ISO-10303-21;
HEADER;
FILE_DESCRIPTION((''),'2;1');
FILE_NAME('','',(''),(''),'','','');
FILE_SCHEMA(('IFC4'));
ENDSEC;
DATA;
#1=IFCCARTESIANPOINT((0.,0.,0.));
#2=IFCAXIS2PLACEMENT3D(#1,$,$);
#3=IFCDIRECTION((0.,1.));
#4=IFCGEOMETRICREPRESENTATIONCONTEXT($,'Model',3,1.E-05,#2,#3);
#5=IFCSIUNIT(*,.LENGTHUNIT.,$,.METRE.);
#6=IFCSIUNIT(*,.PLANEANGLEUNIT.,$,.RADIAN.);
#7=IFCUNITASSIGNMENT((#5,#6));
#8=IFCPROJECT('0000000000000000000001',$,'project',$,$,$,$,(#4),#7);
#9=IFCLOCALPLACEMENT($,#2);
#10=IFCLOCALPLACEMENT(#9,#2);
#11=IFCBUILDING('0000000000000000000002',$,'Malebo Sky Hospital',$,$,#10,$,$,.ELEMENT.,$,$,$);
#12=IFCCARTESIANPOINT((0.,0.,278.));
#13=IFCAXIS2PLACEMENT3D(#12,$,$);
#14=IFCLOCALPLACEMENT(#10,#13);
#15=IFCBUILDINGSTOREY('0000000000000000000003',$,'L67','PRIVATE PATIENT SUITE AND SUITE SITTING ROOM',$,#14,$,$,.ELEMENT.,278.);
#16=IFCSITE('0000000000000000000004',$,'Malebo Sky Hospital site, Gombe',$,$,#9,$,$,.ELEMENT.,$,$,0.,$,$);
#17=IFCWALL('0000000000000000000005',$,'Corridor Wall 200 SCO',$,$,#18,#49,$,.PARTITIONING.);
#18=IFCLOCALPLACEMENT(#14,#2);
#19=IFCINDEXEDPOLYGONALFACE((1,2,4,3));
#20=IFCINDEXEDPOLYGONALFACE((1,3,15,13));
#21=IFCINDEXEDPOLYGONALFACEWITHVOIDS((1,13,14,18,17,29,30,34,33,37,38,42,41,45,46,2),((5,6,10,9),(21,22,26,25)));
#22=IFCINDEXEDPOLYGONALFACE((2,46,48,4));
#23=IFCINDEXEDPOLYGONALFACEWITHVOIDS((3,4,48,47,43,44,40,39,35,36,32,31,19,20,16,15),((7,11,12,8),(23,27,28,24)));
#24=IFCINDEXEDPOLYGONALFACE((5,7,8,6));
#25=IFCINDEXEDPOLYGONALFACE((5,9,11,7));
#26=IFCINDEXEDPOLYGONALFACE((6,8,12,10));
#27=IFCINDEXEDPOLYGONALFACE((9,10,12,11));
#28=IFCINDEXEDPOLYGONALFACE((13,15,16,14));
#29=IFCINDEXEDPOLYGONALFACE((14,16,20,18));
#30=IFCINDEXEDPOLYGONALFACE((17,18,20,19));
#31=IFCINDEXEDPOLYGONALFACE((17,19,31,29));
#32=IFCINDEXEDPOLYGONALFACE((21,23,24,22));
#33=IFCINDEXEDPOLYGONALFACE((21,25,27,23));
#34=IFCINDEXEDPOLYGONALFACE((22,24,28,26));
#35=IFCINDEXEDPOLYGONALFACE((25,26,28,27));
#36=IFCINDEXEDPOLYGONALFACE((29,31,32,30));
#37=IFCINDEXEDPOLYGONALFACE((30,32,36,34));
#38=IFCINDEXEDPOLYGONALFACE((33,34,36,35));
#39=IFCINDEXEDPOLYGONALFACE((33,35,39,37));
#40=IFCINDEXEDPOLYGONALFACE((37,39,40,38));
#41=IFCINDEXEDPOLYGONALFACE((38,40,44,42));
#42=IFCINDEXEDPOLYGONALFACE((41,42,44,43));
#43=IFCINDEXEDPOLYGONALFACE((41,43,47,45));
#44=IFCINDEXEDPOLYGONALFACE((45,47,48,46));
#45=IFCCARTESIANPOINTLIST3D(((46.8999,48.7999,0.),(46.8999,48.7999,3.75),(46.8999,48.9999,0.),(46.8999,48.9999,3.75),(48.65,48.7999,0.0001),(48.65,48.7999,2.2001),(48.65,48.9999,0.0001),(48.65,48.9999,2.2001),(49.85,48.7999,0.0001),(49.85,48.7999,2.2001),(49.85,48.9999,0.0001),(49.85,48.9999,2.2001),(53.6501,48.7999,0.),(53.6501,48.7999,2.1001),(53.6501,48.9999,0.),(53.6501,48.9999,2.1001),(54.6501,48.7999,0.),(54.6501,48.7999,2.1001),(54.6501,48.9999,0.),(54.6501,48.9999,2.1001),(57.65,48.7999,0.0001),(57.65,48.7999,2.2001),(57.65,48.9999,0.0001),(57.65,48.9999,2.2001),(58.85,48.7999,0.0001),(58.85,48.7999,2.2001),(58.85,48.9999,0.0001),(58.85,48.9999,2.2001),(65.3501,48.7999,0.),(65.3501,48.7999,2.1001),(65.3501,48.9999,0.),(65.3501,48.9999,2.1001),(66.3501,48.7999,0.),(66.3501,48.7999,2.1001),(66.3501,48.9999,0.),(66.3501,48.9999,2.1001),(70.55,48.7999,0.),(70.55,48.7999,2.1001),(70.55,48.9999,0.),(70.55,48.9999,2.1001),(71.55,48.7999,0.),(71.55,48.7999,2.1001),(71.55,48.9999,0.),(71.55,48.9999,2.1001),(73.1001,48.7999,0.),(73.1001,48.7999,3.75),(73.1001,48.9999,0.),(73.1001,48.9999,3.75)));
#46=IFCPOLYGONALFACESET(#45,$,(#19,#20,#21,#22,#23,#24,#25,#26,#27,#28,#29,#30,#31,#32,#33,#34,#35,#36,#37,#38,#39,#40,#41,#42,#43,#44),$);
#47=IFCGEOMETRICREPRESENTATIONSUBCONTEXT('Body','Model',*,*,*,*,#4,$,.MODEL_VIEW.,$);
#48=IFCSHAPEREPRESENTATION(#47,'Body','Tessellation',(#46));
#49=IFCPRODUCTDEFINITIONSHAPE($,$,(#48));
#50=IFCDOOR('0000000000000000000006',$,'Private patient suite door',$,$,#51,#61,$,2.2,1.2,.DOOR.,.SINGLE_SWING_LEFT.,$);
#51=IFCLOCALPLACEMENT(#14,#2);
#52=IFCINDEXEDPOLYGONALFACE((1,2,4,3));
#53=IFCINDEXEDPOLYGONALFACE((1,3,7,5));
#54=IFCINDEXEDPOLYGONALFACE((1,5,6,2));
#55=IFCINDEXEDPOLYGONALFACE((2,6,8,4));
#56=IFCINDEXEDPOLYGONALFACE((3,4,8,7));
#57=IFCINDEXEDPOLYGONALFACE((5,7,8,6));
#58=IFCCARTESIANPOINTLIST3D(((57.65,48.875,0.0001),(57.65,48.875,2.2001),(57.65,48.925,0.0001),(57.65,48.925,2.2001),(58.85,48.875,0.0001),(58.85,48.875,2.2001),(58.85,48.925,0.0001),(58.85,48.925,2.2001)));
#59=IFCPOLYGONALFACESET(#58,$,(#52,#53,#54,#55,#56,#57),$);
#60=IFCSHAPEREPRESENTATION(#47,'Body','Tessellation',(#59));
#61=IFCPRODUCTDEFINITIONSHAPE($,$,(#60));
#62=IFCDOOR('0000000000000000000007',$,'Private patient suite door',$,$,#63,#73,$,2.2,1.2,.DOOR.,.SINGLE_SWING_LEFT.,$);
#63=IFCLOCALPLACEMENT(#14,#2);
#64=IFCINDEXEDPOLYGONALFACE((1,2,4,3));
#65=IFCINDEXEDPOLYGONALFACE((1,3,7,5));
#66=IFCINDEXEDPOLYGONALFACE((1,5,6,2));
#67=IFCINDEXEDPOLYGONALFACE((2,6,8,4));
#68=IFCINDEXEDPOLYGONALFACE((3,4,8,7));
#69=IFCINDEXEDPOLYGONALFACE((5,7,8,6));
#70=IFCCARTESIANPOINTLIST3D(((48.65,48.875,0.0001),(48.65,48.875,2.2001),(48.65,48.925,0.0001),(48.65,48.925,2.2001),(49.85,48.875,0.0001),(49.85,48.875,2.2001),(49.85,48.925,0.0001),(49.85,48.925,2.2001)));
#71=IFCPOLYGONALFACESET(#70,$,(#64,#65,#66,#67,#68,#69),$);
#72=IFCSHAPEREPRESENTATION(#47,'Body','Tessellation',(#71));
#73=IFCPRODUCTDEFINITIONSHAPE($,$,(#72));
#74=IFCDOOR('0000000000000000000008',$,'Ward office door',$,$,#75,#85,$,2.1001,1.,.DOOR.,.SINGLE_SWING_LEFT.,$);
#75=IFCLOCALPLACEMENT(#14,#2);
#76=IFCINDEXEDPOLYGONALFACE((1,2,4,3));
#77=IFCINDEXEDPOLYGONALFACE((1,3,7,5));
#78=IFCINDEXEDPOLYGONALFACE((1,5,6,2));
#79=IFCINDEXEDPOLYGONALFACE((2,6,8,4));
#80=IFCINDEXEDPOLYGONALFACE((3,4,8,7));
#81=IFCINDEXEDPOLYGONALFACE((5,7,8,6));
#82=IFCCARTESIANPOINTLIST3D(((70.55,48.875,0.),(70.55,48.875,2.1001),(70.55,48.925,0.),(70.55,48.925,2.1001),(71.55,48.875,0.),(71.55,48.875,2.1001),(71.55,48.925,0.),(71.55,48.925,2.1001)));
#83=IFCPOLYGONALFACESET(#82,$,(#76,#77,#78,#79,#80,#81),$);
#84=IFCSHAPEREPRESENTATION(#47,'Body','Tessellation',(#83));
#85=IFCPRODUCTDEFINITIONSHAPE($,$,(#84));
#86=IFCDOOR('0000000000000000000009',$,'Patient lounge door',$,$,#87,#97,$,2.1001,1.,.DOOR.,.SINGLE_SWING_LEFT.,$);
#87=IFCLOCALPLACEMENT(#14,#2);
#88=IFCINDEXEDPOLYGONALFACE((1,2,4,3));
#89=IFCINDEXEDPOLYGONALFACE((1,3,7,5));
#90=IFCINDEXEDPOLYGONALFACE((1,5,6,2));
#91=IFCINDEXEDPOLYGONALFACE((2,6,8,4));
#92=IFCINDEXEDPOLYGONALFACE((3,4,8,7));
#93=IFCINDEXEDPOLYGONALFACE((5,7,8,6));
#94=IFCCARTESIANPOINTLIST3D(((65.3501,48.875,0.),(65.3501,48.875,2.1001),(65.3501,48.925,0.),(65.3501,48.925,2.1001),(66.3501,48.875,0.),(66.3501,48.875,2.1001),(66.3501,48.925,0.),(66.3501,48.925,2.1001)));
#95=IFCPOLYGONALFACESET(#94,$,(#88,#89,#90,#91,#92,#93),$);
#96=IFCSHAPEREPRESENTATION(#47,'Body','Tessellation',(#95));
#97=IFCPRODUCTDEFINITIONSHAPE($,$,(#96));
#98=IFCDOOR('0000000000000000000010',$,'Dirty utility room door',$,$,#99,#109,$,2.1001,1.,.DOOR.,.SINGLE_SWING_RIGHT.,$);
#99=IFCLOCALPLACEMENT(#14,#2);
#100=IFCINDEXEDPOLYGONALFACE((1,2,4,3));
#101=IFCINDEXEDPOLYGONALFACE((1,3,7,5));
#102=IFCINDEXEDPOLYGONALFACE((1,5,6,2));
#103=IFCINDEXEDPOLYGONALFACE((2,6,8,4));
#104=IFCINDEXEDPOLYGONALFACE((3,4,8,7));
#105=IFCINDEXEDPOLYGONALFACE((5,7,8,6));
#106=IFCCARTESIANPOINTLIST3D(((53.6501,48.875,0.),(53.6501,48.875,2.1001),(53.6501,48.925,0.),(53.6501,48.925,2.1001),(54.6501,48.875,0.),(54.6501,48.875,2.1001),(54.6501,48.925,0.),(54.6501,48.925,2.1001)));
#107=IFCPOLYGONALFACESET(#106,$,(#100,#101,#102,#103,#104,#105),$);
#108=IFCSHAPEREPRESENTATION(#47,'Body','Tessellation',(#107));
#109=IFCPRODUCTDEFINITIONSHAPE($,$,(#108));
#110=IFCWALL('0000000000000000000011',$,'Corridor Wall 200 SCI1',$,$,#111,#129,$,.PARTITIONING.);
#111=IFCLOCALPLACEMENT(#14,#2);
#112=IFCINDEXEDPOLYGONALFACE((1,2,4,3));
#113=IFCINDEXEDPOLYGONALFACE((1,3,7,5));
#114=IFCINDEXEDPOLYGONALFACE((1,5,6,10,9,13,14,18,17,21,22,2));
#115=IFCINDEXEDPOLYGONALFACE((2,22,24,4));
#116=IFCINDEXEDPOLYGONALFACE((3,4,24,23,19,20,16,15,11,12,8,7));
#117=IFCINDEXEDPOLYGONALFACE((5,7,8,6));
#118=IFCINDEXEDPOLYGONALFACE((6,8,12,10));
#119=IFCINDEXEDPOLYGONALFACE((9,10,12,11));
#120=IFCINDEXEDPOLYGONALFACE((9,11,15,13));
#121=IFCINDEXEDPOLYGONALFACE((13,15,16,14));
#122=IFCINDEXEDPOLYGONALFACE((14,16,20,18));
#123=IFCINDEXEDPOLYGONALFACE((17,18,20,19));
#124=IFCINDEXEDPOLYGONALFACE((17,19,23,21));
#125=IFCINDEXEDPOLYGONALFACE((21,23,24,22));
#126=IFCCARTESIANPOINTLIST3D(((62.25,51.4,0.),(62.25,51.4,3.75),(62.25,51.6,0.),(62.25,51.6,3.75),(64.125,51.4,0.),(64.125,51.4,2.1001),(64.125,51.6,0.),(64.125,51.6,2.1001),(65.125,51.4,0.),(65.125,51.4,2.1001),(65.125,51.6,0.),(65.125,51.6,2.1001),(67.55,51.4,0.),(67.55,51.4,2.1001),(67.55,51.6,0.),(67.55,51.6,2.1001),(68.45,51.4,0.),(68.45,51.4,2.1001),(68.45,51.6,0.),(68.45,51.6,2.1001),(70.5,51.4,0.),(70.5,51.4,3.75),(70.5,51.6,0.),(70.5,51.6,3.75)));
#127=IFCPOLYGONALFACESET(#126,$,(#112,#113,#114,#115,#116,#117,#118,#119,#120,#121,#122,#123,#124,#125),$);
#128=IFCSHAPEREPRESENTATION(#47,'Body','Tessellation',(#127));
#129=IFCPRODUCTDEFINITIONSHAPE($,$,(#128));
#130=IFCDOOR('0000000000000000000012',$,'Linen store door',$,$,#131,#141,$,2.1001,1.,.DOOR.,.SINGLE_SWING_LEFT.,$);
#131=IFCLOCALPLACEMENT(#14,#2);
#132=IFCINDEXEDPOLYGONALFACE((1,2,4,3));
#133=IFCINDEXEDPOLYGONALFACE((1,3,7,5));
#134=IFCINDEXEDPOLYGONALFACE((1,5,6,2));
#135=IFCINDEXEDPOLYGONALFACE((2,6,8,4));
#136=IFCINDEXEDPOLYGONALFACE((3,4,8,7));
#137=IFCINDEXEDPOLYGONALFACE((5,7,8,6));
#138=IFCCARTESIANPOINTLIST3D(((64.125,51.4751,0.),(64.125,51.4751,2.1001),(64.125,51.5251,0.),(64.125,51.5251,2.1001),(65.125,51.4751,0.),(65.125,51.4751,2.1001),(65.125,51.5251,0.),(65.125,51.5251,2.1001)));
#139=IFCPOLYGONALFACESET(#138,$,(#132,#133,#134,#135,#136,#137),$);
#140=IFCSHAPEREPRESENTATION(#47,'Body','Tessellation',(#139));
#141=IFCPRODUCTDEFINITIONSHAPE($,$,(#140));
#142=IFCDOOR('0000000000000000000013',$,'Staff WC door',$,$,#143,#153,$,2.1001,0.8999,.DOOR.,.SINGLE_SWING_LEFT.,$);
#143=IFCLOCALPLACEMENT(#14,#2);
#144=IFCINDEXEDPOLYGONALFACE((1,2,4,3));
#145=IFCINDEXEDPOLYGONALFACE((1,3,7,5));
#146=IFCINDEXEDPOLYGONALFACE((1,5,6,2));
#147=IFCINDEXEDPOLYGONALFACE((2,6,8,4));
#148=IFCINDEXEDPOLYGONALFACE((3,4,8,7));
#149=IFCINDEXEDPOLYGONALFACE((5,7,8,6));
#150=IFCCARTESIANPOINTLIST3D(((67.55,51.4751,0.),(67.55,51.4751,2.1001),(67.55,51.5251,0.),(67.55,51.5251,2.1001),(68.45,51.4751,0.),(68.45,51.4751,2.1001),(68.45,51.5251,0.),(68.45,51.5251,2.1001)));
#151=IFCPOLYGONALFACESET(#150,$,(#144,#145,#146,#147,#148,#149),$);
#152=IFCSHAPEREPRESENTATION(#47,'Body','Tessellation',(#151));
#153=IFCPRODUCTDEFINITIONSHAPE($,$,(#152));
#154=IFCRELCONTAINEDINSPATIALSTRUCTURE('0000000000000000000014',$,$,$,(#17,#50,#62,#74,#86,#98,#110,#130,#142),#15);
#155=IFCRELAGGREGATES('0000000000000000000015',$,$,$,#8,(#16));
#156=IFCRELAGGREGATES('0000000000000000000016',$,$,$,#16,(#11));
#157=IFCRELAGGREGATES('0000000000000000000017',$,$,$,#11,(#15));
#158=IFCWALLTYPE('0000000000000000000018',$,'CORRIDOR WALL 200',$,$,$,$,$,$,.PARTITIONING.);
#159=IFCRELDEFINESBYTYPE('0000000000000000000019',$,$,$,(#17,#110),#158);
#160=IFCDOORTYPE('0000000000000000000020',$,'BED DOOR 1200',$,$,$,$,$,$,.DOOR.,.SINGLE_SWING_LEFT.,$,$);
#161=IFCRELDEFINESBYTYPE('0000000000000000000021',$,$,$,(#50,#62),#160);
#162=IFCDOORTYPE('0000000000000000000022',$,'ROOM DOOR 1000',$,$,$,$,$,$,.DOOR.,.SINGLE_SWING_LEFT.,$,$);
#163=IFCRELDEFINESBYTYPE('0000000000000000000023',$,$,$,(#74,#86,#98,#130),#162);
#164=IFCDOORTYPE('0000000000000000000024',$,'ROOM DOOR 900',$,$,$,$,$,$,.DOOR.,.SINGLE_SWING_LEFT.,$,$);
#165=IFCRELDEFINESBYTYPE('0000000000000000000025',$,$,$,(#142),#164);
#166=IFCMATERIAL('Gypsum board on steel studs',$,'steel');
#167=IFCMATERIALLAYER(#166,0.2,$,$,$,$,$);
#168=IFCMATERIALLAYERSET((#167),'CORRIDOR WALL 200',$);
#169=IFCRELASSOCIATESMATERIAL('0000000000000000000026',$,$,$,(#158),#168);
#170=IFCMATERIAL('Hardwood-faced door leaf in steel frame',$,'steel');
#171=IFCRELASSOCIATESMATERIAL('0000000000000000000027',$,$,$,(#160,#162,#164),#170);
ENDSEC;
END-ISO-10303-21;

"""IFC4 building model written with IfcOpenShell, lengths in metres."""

from ifc_helpers import new_model, si_unit, direction, frame, frame_2d, origin, place, context, subcontext, project, spatial, rectangle, extrude, material, layer, layer_set, type_object, element, fill, save


model = new_model("IFC4")

# Units and contexts
model_context = context("Model", 3, precision=1e-05, world=origin(), true_north=direction((0.0, 1.0)))
body_context = subcontext(model_context, "Body", "Model", "MODEL_VIEW")
ifc_project = project(units=[si_unit("LENGTHUNIT", "METRE"), si_unit("PLANEANGLEUNIT", "RADIAN")], contexts=[model_context])

# Site, building, storey
site_placement = place(None, origin())
site = spatial("IfcSite", under=ifc_project, at=site_placement, Name="Malebo Sky Hospital site, Gombe", CompositionType="ELEMENT", RefElevation=0.0)
building_placement = place(site_placement, origin())
building = spatial("IfcBuilding", under=site, at=building_placement, Name="Malebo Sky Hospital", CompositionType="ELEMENT")
storey_placement = place(building_placement, frame((0.0, 0.0, 278.0)))
storey = spatial("IfcBuildingStorey", under=building, at=storey_placement, Name="L67", Description="PRIVATE PATIENT SUITE AND SUITE SITTING ROOM", CompositionType="ELEMENT", Elevation=278.0)

# Walls, openings, doors
ifc_material_1 = material(Name="Gypsum board on steel studs", Category="steel")
ifc_layer_1 = layer(ifc_material_1, 0.2)
ifc_layer_set_1 = layer_set([ifc_layer_1], Name="CORRIDOR WALL 200")
wall_type_1 = type_object("IfcWallType", Name="CORRIDOR WALL 200", PredefinedType="PARTITIONING", material=ifc_layer_set_1)
wall_1_placement = place(storey_placement, frame((73.1001, 48.8999, 0.0), z_axis=(0.0, 0.0, 1.0), x_axis=(-1.0, 0.0, 0.0)))
wall_1 = element("IfcWall", 1, at=wall_1_placement, inside=storey, type_object=wall_type_1, Name="Corridor Wall 200 SCO", PredefinedType="PARTITIONING", context=body_context, shape_type="SweptSolid", body=[
    extrude(rectangle(XDim=26.2002, YDim=0.2, at=frame_2d((13.1001, 0.0))), origin(), (0.0, 0.0, 1.0), 3.75),
])
opening_1_placement = place(wall_1_placement, frame((1.55, 0.0, 0.0)))
opening_1 = element("IfcOpeningElement", 2, at=opening_1_placement, cuts=wall_1, PredefinedType="OPENING", context=body_context, shape_type="SweptSolid", body=[
    extrude(rectangle(XDim=1.0, YDim=2.1001, at=frame_2d((0.5, 1.05))), frame((0.0, 0.1099, 0.0), z_axis=(0.0, -1.0, 0.0), x_axis=(1.0, 0.0, 0.0)), (0.0, 0.0, 1.0), 0.22),
])
opening_2_placement = place(wall_1_placement, frame((6.75, 0.0, 0.0)))
opening_2 = element("IfcOpeningElement", 3, at=opening_2_placement, cuts=wall_1, PredefinedType="OPENING", context=body_context, shape_type="SweptSolid", body=[
    extrude(rectangle(XDim=1.0, YDim=2.1001, at=frame_2d((0.5, 1.05))), frame((0.0, 0.1099, 0.0), z_axis=(0.0, -1.0, 0.0), x_axis=(1.0, 0.0, 0.0)), (0.0, 0.0, 1.0), 0.22),
])
opening_3_placement = place(wall_1_placement, frame((14.25, 0.0, 0.0)))
opening_3 = element("IfcOpeningElement", 4, at=opening_3_placement, cuts=wall_1, PredefinedType="OPENING", context=body_context, shape_type="SweptSolid", body=[
    extrude(rectangle(XDim=1.2, YDim=2.2, at=frame_2d((0.6001, 1.1001))), frame((0.0, 0.1099, 0.0), z_axis=(0.0, -1.0, 0.0), x_axis=(1.0, 0.0, 0.0)), (0.0, 0.0, 1.0), 0.22),
])
opening_4_placement = place(wall_1_placement, frame((18.45, 0.0, 0.0)))
opening_4 = element("IfcOpeningElement", 5, at=opening_4_placement, cuts=wall_1, PredefinedType="OPENING", context=body_context, shape_type="SweptSolid", body=[
    extrude(rectangle(XDim=1.0, YDim=2.1001, at=frame_2d((0.5, 1.05))), frame((0.0, 0.1099, 0.0), z_axis=(0.0, -1.0, 0.0), x_axis=(1.0, 0.0, 0.0)), (0.0, 0.0, 1.0), 0.22),
])
opening_5_placement = place(wall_1_placement, frame((23.25, 0.0, 0.0)))
opening_5 = element("IfcOpeningElement", 6, at=opening_5_placement, cuts=wall_1, PredefinedType="OPENING", context=body_context, shape_type="SweptSolid", body=[
    extrude(rectangle(XDim=1.2, YDim=2.2, at=frame_2d((0.6001, 1.1001))), frame((0.0, 0.1099, 0.0), z_axis=(0.0, -1.0, 0.0), x_axis=(1.0, 0.0, 0.0)), (0.0, 0.0, 1.0), 0.22),
])
ifc_material_2 = material(Name="Hardwood-faced door leaf in steel frame", Category="steel")
door_type_1 = type_object("IfcDoorType", Name="BED DOOR 1200", OperationType="SINGLE_SWING_LEFT", PredefinedType="DOOR", material=ifc_material_2)
door_1_placement = place(opening_3_placement, origin())
door_1 = element("IfcDoor", 7, at=door_1_placement, inside=storey, type_object=door_type_1, Name="Private patient suite door", OperationType="SINGLE_SWING_LEFT", OverallHeight=2.2, OverallWidth=1.2, PredefinedType="DOOR", context=body_context, shape_type="SweptSolid", body=[
    extrude(rectangle(XDim=1.2, YDim=2.2, at=frame_2d((0.6001, 1.1001))), frame((0.0, 0.0249, 0.0), z_axis=(0.0, -1.0, 0.0), x_axis=(1.0, 0.0, 0.0)), (0.0, 0.0, 1.0), 0.05),
])
fill(opening_3, door_1)
door_2_placement = place(opening_5_placement, origin())
door_2 = element("IfcDoor", 8, at=door_2_placement, inside=storey, type_object=door_type_1, Name="Private patient suite door", OperationType="SINGLE_SWING_LEFT", OverallHeight=2.2, OverallWidth=1.2, PredefinedType="DOOR", context=body_context, shape_type="SweptSolid", body=[
    extrude(rectangle(XDim=1.2, YDim=2.2, at=frame_2d((0.6001, 1.1001))), frame((0.0, 0.0249, 0.0), z_axis=(0.0, -1.0, 0.0), x_axis=(1.0, 0.0, 0.0)), (0.0, 0.0, 1.0), 0.05),
])
fill(opening_5, door_2)
door_type_2 = type_object("IfcDoorType", Name="ROOM DOOR 1000", OperationType="SINGLE_SWING_LEFT", PredefinedType="DOOR", material=ifc_material_2)
door_3_placement = place(opening_1_placement, origin())
door_3 = element("IfcDoor", 9, at=door_3_placement, inside=storey, type_object=door_type_2, Name="Ward office door", OperationType="SINGLE_SWING_LEFT", OverallHeight=2.1001, OverallWidth=1.0, PredefinedType="DOOR", context=body_context, shape_type="SweptSolid", body=[
    extrude(rectangle(XDim=1.0, YDim=2.1001, at=frame_2d((0.5, 1.05))), frame((0.0, 0.0249, 0.0), z_axis=(0.0, -1.0, 0.0), x_axis=(1.0, 0.0, 0.0)), (0.0, 0.0, 1.0), 0.05),
])
fill(opening_1, door_3)
door_4_placement = place(opening_2_placement, origin())
door_4 = element("IfcDoor", 10, at=door_4_placement, inside=storey, type_object=door_type_2, Name="Patient lounge door", OperationType="SINGLE_SWING_LEFT", OverallHeight=2.1001, OverallWidth=1.0, PredefinedType="DOOR", context=body_context, shape_type="SweptSolid", body=[
    extrude(rectangle(XDim=1.0, YDim=2.1001, at=frame_2d((0.5, 1.05))), frame((0.0, 0.0249, 0.0), z_axis=(0.0, -1.0, 0.0), x_axis=(1.0, 0.0, 0.0)), (0.0, 0.0, 1.0), 0.05),
])
fill(opening_2, door_4)
door_5_placement = place(opening_4_placement, origin())
door_5 = element("IfcDoor", 11, at=door_5_placement, inside=storey, type_object=door_type_2, Name="Dirty utility room door", OperationType="SINGLE_SWING_RIGHT", OverallHeight=2.1001, OverallWidth=1.0, PredefinedType="DOOR", context=body_context, shape_type="SweptSolid", body=[
    extrude(rectangle(XDim=1.0, YDim=2.1001, at=frame_2d((0.5, 1.05))), frame((0.0, 0.0249, 0.0), z_axis=(0.0, -1.0, 0.0), x_axis=(1.0, 0.0, 0.0)), (0.0, 0.0, 1.0), 0.05),
])
fill(opening_4, door_5)
wall_2_placement = place(storey_placement, frame((70.5, 51.5, 0.0), z_axis=(0.0, 0.0, 1.0), x_axis=(-1.0, 0.0, 0.0)))
wall_2 = element("IfcWall", 12, at=wall_2_placement, inside=storey, type_object=wall_type_1, Name="Corridor Wall 200 SCI1", PredefinedType="PARTITIONING", context=body_context, shape_type="SweptSolid", body=[
    extrude(rectangle(XDim=8.25, YDim=0.2, at=frame_2d((4.125, 0.0))), origin(), (0.0, 0.0, 1.0), 3.75),
])
opening_6_placement = place(wall_2_placement, frame((2.05, 0.0, 0.0)))
opening_6 = element("IfcOpeningElement", 13, at=opening_6_placement, cuts=wall_2, PredefinedType="OPENING", context=body_context, shape_type="SweptSolid", body=[
    extrude(rectangle(XDim=0.8999, YDim=2.1001, at=frame_2d((0.45, 1.05))), frame((0.0, 0.1099, 0.0), z_axis=(0.0, -1.0, 0.0), x_axis=(1.0, 0.0, 0.0)), (0.0, 0.0, 1.0), 0.22),
])
opening_7_placement = place(wall_2_placement, frame((5.375, 0.0, 0.0)))
opening_7 = element("IfcOpeningElement", 14, at=opening_7_placement, cuts=wall_2, PredefinedType="OPENING", context=body_context, shape_type="SweptSolid", body=[
    extrude(rectangle(XDim=1.0, YDim=2.1001, at=frame_2d((0.5, 1.05))), frame((0.0, 0.1099, 0.0), z_axis=(0.0, -1.0, 0.0), x_axis=(1.0, 0.0, 0.0)), (0.0, 0.0, 1.0), 0.22),
])
door_6_placement = place(opening_7_placement, origin())
door_6 = element("IfcDoor", 15, at=door_6_placement, inside=storey, type_object=door_type_2, Name="Linen store door", OperationType="SINGLE_SWING_LEFT", OverallHeight=2.1001, OverallWidth=1.0, PredefinedType="DOOR", context=body_context, shape_type="SweptSolid", body=[
    extrude(rectangle(XDim=1.0, YDim=2.1001, at=frame_2d((0.5, 1.05))), frame((0.0, 0.0249, 0.0), z_axis=(0.0, -1.0, 0.0), x_axis=(1.0, 0.0, 0.0)), (0.0, 0.0, 1.0), 0.05),
])
fill(opening_7, door_6)
door_type_3 = type_object("IfcDoorType", Name="ROOM DOOR 900", OperationType="SINGLE_SWING_LEFT", PredefinedType="DOOR", material=ifc_material_2)
door_7_placement = place(opening_6_placement, origin())
door_7 = element("IfcDoor", 16, at=door_7_placement, inside=storey, type_object=door_type_3, Name="Staff WC door", OperationType="SINGLE_SWING_LEFT", OverallHeight=2.1001, OverallWidth=0.8999, PredefinedType="DOOR", context=body_context, shape_type="SweptSolid", body=[
    extrude(rectangle(XDim=0.8999, YDim=2.1001, at=frame_2d((0.45, 1.05))), frame((0.0, 0.0249, 0.0), z_axis=(0.0, -1.0, 0.0), x_axis=(1.0, 0.0, 0.0)), (0.0, 0.0, 1.0), 0.05),
])
fill(opening_6, door_7)

save(model, "model.ifc")
